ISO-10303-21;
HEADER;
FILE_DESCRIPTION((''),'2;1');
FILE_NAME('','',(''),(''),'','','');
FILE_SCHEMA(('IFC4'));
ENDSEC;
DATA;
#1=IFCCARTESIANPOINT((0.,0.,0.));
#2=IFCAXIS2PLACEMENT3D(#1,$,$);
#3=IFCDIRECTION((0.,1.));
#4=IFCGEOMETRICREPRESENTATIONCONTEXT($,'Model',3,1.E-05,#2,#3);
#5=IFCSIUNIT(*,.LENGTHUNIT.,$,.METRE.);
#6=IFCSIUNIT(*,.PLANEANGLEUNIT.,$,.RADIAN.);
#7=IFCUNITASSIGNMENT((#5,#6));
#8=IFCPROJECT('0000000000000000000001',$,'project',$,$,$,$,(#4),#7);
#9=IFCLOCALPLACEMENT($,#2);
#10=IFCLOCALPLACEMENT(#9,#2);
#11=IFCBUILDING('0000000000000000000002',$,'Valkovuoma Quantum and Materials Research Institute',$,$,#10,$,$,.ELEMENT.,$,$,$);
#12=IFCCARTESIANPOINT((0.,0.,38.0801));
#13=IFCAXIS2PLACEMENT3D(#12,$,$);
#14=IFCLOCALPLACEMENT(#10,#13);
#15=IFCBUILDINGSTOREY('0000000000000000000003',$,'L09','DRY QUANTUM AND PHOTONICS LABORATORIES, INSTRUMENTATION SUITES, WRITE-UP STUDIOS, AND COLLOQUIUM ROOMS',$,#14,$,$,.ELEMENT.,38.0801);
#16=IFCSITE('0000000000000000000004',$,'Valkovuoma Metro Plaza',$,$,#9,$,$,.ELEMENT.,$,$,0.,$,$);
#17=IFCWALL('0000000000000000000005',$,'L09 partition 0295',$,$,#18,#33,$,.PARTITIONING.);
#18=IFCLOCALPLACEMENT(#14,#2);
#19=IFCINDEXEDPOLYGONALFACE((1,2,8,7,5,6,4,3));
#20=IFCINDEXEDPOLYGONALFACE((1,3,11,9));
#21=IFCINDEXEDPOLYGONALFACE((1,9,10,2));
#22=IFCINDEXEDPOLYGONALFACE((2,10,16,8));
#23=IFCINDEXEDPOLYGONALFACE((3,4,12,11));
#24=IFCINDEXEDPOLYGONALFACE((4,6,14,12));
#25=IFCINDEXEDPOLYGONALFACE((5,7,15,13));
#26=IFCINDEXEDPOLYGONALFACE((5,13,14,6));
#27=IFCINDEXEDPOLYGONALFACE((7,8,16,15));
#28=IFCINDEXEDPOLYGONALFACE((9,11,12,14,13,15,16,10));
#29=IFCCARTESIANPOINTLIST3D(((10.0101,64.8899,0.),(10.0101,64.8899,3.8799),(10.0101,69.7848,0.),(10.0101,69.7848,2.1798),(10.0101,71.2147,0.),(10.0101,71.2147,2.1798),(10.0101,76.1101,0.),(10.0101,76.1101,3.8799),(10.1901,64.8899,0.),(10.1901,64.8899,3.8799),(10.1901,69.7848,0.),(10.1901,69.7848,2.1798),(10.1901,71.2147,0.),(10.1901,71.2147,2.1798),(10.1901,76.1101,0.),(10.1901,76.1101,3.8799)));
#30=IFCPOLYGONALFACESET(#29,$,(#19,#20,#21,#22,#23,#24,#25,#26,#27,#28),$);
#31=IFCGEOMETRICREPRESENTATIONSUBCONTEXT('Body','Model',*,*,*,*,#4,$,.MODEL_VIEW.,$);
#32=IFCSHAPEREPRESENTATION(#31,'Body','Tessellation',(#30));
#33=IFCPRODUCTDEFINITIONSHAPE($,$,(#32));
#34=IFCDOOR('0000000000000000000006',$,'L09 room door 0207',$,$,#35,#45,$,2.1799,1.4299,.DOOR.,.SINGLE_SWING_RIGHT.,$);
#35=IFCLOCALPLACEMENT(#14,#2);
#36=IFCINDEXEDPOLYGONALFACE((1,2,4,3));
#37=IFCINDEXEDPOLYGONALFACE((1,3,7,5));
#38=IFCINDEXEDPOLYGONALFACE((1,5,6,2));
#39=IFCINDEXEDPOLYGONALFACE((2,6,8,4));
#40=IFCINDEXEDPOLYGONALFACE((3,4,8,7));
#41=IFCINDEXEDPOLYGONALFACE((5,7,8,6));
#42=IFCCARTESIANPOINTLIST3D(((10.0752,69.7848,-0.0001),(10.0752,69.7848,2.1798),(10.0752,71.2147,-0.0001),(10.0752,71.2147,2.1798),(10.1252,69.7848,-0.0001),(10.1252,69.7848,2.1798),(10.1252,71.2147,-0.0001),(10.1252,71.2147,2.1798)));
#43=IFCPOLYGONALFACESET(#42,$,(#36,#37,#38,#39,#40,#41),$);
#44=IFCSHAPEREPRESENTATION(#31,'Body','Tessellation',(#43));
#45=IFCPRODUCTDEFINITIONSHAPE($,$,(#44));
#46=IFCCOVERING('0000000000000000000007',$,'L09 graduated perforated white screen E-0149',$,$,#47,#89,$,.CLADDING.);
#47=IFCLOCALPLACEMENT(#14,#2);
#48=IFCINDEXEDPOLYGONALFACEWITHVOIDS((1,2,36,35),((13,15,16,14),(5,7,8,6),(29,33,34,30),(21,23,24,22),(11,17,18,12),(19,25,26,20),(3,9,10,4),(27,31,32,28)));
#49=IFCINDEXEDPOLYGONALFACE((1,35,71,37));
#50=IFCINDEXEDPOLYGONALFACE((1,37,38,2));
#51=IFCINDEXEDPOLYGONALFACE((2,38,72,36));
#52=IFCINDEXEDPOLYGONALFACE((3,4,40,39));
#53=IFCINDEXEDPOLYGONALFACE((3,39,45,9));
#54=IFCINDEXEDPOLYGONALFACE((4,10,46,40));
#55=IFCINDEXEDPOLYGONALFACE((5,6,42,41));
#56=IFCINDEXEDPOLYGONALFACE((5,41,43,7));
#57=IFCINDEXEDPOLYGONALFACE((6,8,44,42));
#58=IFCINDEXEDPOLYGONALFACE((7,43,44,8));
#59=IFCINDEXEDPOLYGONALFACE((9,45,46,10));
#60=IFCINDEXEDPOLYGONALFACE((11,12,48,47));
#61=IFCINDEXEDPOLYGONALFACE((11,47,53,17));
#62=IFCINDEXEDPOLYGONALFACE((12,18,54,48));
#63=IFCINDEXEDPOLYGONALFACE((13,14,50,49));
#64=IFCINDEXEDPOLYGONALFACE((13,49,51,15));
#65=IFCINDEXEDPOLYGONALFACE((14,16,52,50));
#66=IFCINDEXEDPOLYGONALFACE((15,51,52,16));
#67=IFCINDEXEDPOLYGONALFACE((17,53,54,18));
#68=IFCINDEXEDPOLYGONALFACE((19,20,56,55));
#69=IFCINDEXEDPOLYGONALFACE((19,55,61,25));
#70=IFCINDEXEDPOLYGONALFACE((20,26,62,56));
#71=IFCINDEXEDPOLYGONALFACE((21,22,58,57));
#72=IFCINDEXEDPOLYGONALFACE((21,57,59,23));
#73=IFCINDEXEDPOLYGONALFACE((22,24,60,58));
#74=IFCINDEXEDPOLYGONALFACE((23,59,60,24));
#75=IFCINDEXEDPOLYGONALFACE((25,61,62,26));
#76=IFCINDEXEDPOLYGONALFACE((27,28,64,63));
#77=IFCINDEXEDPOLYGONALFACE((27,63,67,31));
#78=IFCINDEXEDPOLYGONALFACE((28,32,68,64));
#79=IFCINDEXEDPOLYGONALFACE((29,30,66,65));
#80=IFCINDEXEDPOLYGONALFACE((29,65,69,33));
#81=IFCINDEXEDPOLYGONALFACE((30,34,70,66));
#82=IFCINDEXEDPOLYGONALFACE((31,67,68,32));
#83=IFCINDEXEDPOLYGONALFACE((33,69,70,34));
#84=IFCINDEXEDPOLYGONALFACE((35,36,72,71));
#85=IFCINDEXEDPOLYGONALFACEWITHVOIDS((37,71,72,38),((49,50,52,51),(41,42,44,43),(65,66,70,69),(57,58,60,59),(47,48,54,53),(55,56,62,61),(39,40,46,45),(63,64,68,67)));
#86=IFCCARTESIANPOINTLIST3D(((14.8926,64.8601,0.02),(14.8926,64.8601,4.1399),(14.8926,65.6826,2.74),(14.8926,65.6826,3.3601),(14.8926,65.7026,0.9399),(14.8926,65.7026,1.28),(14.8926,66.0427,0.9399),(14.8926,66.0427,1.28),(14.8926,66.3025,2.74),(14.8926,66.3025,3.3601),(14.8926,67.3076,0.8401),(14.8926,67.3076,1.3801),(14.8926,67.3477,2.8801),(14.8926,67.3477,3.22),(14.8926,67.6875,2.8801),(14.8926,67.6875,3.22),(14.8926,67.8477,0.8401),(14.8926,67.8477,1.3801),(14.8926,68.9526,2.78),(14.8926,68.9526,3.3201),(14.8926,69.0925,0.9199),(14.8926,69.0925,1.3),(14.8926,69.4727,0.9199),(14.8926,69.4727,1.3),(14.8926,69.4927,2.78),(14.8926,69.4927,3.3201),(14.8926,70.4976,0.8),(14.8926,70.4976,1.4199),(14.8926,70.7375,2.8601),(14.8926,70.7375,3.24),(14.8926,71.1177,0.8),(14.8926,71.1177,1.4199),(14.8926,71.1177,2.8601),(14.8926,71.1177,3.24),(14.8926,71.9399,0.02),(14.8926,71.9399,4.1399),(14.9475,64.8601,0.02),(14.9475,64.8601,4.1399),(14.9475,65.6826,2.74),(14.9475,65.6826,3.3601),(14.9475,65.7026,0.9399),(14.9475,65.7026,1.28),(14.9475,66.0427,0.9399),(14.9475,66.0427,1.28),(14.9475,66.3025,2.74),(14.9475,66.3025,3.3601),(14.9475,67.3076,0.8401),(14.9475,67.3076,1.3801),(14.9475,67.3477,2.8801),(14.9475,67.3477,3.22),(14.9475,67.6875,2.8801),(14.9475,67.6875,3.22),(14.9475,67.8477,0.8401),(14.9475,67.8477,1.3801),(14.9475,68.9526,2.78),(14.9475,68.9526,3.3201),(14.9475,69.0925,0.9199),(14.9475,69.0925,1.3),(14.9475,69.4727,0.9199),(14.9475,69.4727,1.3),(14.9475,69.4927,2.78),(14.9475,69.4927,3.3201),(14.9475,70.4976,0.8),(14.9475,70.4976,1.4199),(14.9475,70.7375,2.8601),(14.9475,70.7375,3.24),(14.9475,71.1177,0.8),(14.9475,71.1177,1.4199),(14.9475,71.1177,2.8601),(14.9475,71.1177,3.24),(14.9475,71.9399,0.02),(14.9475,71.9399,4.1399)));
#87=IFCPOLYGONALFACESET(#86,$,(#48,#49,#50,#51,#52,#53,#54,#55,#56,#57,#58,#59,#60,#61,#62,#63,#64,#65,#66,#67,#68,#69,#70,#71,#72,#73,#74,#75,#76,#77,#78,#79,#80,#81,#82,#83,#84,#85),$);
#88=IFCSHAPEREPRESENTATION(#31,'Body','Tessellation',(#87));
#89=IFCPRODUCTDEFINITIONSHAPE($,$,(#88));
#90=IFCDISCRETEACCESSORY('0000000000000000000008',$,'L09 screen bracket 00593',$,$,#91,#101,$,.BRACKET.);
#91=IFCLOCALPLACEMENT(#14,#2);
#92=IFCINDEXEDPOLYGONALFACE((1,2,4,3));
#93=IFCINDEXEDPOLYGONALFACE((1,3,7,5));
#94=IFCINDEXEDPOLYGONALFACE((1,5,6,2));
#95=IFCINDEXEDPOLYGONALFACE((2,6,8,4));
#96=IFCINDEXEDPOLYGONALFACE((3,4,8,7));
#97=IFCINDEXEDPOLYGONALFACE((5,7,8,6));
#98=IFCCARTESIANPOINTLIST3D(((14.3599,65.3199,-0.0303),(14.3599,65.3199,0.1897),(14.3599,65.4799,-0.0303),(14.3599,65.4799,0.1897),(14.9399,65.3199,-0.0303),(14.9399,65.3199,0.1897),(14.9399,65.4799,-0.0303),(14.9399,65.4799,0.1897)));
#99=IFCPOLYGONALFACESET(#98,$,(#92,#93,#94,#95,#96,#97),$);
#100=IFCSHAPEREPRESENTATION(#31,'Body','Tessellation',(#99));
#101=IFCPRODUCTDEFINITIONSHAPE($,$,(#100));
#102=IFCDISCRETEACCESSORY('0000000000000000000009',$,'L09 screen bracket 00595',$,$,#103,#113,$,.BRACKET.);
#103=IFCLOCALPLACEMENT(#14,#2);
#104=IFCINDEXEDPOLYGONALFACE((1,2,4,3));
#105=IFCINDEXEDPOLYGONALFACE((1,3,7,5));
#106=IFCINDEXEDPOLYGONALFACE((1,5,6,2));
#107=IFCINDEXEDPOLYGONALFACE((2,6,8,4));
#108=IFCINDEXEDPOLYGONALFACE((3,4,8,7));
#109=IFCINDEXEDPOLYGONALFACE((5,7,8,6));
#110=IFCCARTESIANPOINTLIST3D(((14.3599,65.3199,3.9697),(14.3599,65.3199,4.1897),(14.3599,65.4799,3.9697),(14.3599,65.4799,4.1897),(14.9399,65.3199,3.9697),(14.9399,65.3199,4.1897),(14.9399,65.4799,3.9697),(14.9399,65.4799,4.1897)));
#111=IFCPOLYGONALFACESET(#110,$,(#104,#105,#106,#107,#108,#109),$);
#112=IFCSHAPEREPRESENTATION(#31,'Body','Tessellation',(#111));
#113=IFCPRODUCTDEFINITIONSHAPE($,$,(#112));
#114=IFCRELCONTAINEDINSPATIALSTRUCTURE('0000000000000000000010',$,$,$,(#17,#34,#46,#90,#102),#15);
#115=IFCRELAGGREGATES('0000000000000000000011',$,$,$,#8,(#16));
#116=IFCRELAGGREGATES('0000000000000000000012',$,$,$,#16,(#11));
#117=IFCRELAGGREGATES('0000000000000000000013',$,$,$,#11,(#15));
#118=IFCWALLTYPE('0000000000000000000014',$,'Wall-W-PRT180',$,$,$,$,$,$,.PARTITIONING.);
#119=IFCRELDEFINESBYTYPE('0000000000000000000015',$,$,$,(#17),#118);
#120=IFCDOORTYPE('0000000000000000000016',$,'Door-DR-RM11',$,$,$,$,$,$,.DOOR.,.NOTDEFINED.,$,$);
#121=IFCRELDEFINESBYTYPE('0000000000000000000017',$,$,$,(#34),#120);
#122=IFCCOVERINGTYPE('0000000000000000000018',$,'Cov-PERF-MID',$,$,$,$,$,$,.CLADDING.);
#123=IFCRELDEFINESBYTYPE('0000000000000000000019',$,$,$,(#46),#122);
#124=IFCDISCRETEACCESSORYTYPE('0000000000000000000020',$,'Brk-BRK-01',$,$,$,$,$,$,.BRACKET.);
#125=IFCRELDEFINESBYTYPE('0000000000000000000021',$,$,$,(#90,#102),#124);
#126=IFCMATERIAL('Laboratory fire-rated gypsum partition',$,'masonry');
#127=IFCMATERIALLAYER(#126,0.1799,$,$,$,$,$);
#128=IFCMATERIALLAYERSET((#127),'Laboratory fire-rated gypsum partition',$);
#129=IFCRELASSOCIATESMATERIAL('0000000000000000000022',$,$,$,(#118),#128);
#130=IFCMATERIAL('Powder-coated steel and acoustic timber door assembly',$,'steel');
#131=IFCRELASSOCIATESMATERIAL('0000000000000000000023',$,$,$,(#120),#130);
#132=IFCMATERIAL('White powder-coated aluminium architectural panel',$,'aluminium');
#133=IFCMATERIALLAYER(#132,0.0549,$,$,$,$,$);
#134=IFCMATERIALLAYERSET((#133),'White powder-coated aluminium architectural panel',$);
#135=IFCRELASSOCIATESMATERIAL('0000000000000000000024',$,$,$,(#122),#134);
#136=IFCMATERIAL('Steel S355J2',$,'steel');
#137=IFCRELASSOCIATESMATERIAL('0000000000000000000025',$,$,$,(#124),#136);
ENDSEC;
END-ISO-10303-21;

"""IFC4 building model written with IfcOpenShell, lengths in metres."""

from ifc_helpers import new_model, si_unit, direction, frame, frame_2d, origin, origin_2d, place, context, subcontext, project, spatial, polyline, rectangle, outline, extrude, material, layer, layer_set, type_object, element, fill, save


model = new_model("IFC4")

# Units and contexts
model_context = context("Model", 3, precision=1e-05, world=origin(), true_north=direction((0.0, 1.0)))
body_context = subcontext(model_context, "Body", "Model", "MODEL_VIEW")
ifc_project = project(units=[si_unit("LENGTHUNIT", "METRE"), si_unit("PLANEANGLEUNIT", "RADIAN")], contexts=[model_context])

# Site, building, storey
site_placement = place(None, origin())
site = spatial("IfcSite", under=ifc_project, at=site_placement, Name="Valkovuoma Metro Plaza", CompositionType="ELEMENT", RefElevation=0.0)
building_placement = place(site_placement, origin())
building = spatial("IfcBuilding", under=site, at=building_placement, Name="Valkovuoma Quantum and Materials Research Institute", CompositionType="ELEMENT")
storey_placement = place(building_placement, frame((0.0, 0.0, 38.0801)))
storey = spatial("IfcBuildingStorey", under=building, at=storey_placement, Name="L09", Description="DRY QUANTUM AND PHOTONICS LABORATORIES, INSTRUMENTATION SUITES, WRITE-UP STUDIOS, AND COLLOQUIUM ROOMS", CompositionType="ELEMENT", Elevation=38.0801)

# Wall, opening, door
ifc_material_1 = material(Name="Laboratory fire-rated gypsum partition", Category="masonry")
ifc_layer_1 = layer(ifc_material_1, 0.1799)
ifc_layer_set_1 = layer_set([ifc_layer_1], Name="Laboratory fire-rated gypsum partition")
wall_type = type_object("IfcWallType", Name="Wall-W-PRT180", PredefinedType="PARTITIONING", material=ifc_layer_set_1)
wall_placement = place(storey_placement, frame((10.1001, 64.8899, 0.0), z_axis=(0.0, 0.0, 1.0), x_axis=(0.0, 1.0, 0.0)))
wall = element("IfcWall", 1, at=wall_placement, inside=storey, type_object=wall_type, Name="L09 partition 0295", PredefinedType="PARTITIONING", context=body_context, shape_type="SweptSolid", body=[
    extrude(rectangle(XDim=11.2202, YDim=0.1799, at=frame_2d((5.6101, 0.0))), origin(), (0.0, 0.0, 1.0), 3.8799),
])
opening_placement = place(wall_placement, frame((4.895, 0.0, 0.0)))
opening = element("IfcOpeningElement", 2, at=opening_placement, cuts=wall, PredefinedType="OPENING", context=body_context, shape_type="SweptSolid", body=[
    extrude(rectangle(XDim=1.4299, YDim=2.1799, at=frame_2d((0.7148, 1.0898))), frame((0.0, 0.1001, 0.0), z_axis=(0.0, -1.0, 0.0), x_axis=(1.0, 0.0, 0.0)), (0.0, 0.0, 1.0), 0.2),
])
ifc_material_2 = material(Name="Powder-coated steel and acoustic timber door assembly", Category="steel")
door_type = type_object("IfcDoorType", Name="Door-DR-RM11", OperationType="NOTDEFINED", PredefinedType="DOOR", material=ifc_material_2)
door_placement = place(opening_placement, origin())
door = element("IfcDoor", 3, at=door_placement, inside=storey, type_object=door_type, Name="L09 room door 0207", OperationType="SINGLE_SWING_RIGHT", OverallHeight=2.1799, OverallWidth=1.4299, PredefinedType="DOOR", context=body_context, shape_type="SweptSolid", body=[
    extrude(rectangle(XDim=1.4299, YDim=2.1799, at=frame_2d((0.7148, 1.0898))), frame((0.0, 0.0249, 0.0), z_axis=(0.0, -1.0, 0.0), x_axis=(1.0, 0.0, 0.0)), (0.0, 0.0, 1.0), 0.05),
])
fill(opening, door)

# Covering
ifc_material_3 = material(Name="White powder-coated aluminium architectural panel", Category="aluminium")
ifc_layer_2 = layer(ifc_material_3, 0.0549)
ifc_layer_set_2 = layer_set([ifc_layer_2], Name="White powder-coated aluminium architectural panel")
covering_type = type_object("IfcCoveringType", Name="Cov-PERF-MID", PredefinedType="CLADDING", material=ifc_layer_set_2)
covering_placement = place(storey_placement, frame((14.9199, 64.8601, 0.02), z_axis=(0.0, 0.0, 1.0), x_axis=(0.0, 1.0, 0.0)))
element("IfcCovering", 4, at=covering_placement, inside=storey, type_object=covering_type, Name="L09 graduated perforated white screen E-0149", PredefinedType="CLADDING", context=body_context, shape_type="SweptSolid", body=[
    extrude(outline(polyline([(0.0, 0.0), (7.0798, 0.0), (7.0798, 4.1199), (0.0, 4.1199), (0.0, 0.0)]), holes=[polyline([(0.8425, 0.9199), (0.8425, 1.26), (1.1826, 1.26), (1.1826, 0.9199), (0.8425, 0.9199)]), polyline([(0.8225, 2.72), (0.8225, 3.3401), (1.4424, 3.3401), (1.4424, 2.72), (0.8225, 2.72)]), polyline([(2.4475, 0.8201), (2.4475, 1.3601), (2.9875, 1.3601), (2.9875, 0.8201), (2.4475, 0.8201)]), polyline([(2.4875, 2.8601), (2.4875, 3.2), (2.8274, 3.2), (2.8274, 2.8601), (2.4875, 2.8601)]), polyline([(4.2324, 0.8999), (4.2324, 1.28), (4.6125, 1.28), (4.6125, 0.8999), (4.2324, 0.8999)]), polyline([(4.0925, 2.76), (4.0925, 3.3), (4.6326, 3.3), (4.6326, 2.76), (4.0925, 2.76)]), polyline([(5.6375, 0.78), (5.6375, 1.3999), (6.2576, 1.3999), (6.2576, 0.78), (5.6375, 0.78)]), polyline([(5.8774, 2.8401), (5.8774, 3.22), (6.2576, 3.22), (6.2576, 2.8401), (5.8774, 2.8401)])]), frame((0.0, 0.0273, 0.0), z_axis=(0.0, -1.0, 0.0), x_axis=(1.0, 0.0, 0.0)), (0.0, 0.0, 1.0), 0.0549),
])

# Discrete accessories
ifc_material_4 = material(Name="Steel S355J2", Category="steel")
discrete_accessory_type = type_object("IfcDiscreteAccessoryType", Name="Brk-BRK-01", PredefinedType="BRACKET", material=ifc_material_4)
for number, where, z_axis, x_axis, name in (
    (5, (14.6499, 65.3999, -0.0303), (0.0, 0.0, 1.0), (1.0, 0.0, 0.0), "L09 screen bracket 00593"),
    (6, (14.6499, 65.3999, 3.9697), (0.0, 0.0, 1.0), (1.0, 0.0, 0.0), "L09 screen bracket 00595"),
):
    element("IfcDiscreteAccessory", number, at=place(storey_placement, frame(where, z_axis=z_axis, x_axis=x_axis)), inside=storey, type_object=discrete_accessory_type, Name=name, PredefinedType="BRACKET", context=body_context, shape_type="SweptSolid", body=[
        extrude(rectangle(XDim=0.5801, YDim=0.1599, at=origin_2d()), origin(), (0.0, 0.0, 1.0), 0.22),
    ])

save(model, "model.ifc")
